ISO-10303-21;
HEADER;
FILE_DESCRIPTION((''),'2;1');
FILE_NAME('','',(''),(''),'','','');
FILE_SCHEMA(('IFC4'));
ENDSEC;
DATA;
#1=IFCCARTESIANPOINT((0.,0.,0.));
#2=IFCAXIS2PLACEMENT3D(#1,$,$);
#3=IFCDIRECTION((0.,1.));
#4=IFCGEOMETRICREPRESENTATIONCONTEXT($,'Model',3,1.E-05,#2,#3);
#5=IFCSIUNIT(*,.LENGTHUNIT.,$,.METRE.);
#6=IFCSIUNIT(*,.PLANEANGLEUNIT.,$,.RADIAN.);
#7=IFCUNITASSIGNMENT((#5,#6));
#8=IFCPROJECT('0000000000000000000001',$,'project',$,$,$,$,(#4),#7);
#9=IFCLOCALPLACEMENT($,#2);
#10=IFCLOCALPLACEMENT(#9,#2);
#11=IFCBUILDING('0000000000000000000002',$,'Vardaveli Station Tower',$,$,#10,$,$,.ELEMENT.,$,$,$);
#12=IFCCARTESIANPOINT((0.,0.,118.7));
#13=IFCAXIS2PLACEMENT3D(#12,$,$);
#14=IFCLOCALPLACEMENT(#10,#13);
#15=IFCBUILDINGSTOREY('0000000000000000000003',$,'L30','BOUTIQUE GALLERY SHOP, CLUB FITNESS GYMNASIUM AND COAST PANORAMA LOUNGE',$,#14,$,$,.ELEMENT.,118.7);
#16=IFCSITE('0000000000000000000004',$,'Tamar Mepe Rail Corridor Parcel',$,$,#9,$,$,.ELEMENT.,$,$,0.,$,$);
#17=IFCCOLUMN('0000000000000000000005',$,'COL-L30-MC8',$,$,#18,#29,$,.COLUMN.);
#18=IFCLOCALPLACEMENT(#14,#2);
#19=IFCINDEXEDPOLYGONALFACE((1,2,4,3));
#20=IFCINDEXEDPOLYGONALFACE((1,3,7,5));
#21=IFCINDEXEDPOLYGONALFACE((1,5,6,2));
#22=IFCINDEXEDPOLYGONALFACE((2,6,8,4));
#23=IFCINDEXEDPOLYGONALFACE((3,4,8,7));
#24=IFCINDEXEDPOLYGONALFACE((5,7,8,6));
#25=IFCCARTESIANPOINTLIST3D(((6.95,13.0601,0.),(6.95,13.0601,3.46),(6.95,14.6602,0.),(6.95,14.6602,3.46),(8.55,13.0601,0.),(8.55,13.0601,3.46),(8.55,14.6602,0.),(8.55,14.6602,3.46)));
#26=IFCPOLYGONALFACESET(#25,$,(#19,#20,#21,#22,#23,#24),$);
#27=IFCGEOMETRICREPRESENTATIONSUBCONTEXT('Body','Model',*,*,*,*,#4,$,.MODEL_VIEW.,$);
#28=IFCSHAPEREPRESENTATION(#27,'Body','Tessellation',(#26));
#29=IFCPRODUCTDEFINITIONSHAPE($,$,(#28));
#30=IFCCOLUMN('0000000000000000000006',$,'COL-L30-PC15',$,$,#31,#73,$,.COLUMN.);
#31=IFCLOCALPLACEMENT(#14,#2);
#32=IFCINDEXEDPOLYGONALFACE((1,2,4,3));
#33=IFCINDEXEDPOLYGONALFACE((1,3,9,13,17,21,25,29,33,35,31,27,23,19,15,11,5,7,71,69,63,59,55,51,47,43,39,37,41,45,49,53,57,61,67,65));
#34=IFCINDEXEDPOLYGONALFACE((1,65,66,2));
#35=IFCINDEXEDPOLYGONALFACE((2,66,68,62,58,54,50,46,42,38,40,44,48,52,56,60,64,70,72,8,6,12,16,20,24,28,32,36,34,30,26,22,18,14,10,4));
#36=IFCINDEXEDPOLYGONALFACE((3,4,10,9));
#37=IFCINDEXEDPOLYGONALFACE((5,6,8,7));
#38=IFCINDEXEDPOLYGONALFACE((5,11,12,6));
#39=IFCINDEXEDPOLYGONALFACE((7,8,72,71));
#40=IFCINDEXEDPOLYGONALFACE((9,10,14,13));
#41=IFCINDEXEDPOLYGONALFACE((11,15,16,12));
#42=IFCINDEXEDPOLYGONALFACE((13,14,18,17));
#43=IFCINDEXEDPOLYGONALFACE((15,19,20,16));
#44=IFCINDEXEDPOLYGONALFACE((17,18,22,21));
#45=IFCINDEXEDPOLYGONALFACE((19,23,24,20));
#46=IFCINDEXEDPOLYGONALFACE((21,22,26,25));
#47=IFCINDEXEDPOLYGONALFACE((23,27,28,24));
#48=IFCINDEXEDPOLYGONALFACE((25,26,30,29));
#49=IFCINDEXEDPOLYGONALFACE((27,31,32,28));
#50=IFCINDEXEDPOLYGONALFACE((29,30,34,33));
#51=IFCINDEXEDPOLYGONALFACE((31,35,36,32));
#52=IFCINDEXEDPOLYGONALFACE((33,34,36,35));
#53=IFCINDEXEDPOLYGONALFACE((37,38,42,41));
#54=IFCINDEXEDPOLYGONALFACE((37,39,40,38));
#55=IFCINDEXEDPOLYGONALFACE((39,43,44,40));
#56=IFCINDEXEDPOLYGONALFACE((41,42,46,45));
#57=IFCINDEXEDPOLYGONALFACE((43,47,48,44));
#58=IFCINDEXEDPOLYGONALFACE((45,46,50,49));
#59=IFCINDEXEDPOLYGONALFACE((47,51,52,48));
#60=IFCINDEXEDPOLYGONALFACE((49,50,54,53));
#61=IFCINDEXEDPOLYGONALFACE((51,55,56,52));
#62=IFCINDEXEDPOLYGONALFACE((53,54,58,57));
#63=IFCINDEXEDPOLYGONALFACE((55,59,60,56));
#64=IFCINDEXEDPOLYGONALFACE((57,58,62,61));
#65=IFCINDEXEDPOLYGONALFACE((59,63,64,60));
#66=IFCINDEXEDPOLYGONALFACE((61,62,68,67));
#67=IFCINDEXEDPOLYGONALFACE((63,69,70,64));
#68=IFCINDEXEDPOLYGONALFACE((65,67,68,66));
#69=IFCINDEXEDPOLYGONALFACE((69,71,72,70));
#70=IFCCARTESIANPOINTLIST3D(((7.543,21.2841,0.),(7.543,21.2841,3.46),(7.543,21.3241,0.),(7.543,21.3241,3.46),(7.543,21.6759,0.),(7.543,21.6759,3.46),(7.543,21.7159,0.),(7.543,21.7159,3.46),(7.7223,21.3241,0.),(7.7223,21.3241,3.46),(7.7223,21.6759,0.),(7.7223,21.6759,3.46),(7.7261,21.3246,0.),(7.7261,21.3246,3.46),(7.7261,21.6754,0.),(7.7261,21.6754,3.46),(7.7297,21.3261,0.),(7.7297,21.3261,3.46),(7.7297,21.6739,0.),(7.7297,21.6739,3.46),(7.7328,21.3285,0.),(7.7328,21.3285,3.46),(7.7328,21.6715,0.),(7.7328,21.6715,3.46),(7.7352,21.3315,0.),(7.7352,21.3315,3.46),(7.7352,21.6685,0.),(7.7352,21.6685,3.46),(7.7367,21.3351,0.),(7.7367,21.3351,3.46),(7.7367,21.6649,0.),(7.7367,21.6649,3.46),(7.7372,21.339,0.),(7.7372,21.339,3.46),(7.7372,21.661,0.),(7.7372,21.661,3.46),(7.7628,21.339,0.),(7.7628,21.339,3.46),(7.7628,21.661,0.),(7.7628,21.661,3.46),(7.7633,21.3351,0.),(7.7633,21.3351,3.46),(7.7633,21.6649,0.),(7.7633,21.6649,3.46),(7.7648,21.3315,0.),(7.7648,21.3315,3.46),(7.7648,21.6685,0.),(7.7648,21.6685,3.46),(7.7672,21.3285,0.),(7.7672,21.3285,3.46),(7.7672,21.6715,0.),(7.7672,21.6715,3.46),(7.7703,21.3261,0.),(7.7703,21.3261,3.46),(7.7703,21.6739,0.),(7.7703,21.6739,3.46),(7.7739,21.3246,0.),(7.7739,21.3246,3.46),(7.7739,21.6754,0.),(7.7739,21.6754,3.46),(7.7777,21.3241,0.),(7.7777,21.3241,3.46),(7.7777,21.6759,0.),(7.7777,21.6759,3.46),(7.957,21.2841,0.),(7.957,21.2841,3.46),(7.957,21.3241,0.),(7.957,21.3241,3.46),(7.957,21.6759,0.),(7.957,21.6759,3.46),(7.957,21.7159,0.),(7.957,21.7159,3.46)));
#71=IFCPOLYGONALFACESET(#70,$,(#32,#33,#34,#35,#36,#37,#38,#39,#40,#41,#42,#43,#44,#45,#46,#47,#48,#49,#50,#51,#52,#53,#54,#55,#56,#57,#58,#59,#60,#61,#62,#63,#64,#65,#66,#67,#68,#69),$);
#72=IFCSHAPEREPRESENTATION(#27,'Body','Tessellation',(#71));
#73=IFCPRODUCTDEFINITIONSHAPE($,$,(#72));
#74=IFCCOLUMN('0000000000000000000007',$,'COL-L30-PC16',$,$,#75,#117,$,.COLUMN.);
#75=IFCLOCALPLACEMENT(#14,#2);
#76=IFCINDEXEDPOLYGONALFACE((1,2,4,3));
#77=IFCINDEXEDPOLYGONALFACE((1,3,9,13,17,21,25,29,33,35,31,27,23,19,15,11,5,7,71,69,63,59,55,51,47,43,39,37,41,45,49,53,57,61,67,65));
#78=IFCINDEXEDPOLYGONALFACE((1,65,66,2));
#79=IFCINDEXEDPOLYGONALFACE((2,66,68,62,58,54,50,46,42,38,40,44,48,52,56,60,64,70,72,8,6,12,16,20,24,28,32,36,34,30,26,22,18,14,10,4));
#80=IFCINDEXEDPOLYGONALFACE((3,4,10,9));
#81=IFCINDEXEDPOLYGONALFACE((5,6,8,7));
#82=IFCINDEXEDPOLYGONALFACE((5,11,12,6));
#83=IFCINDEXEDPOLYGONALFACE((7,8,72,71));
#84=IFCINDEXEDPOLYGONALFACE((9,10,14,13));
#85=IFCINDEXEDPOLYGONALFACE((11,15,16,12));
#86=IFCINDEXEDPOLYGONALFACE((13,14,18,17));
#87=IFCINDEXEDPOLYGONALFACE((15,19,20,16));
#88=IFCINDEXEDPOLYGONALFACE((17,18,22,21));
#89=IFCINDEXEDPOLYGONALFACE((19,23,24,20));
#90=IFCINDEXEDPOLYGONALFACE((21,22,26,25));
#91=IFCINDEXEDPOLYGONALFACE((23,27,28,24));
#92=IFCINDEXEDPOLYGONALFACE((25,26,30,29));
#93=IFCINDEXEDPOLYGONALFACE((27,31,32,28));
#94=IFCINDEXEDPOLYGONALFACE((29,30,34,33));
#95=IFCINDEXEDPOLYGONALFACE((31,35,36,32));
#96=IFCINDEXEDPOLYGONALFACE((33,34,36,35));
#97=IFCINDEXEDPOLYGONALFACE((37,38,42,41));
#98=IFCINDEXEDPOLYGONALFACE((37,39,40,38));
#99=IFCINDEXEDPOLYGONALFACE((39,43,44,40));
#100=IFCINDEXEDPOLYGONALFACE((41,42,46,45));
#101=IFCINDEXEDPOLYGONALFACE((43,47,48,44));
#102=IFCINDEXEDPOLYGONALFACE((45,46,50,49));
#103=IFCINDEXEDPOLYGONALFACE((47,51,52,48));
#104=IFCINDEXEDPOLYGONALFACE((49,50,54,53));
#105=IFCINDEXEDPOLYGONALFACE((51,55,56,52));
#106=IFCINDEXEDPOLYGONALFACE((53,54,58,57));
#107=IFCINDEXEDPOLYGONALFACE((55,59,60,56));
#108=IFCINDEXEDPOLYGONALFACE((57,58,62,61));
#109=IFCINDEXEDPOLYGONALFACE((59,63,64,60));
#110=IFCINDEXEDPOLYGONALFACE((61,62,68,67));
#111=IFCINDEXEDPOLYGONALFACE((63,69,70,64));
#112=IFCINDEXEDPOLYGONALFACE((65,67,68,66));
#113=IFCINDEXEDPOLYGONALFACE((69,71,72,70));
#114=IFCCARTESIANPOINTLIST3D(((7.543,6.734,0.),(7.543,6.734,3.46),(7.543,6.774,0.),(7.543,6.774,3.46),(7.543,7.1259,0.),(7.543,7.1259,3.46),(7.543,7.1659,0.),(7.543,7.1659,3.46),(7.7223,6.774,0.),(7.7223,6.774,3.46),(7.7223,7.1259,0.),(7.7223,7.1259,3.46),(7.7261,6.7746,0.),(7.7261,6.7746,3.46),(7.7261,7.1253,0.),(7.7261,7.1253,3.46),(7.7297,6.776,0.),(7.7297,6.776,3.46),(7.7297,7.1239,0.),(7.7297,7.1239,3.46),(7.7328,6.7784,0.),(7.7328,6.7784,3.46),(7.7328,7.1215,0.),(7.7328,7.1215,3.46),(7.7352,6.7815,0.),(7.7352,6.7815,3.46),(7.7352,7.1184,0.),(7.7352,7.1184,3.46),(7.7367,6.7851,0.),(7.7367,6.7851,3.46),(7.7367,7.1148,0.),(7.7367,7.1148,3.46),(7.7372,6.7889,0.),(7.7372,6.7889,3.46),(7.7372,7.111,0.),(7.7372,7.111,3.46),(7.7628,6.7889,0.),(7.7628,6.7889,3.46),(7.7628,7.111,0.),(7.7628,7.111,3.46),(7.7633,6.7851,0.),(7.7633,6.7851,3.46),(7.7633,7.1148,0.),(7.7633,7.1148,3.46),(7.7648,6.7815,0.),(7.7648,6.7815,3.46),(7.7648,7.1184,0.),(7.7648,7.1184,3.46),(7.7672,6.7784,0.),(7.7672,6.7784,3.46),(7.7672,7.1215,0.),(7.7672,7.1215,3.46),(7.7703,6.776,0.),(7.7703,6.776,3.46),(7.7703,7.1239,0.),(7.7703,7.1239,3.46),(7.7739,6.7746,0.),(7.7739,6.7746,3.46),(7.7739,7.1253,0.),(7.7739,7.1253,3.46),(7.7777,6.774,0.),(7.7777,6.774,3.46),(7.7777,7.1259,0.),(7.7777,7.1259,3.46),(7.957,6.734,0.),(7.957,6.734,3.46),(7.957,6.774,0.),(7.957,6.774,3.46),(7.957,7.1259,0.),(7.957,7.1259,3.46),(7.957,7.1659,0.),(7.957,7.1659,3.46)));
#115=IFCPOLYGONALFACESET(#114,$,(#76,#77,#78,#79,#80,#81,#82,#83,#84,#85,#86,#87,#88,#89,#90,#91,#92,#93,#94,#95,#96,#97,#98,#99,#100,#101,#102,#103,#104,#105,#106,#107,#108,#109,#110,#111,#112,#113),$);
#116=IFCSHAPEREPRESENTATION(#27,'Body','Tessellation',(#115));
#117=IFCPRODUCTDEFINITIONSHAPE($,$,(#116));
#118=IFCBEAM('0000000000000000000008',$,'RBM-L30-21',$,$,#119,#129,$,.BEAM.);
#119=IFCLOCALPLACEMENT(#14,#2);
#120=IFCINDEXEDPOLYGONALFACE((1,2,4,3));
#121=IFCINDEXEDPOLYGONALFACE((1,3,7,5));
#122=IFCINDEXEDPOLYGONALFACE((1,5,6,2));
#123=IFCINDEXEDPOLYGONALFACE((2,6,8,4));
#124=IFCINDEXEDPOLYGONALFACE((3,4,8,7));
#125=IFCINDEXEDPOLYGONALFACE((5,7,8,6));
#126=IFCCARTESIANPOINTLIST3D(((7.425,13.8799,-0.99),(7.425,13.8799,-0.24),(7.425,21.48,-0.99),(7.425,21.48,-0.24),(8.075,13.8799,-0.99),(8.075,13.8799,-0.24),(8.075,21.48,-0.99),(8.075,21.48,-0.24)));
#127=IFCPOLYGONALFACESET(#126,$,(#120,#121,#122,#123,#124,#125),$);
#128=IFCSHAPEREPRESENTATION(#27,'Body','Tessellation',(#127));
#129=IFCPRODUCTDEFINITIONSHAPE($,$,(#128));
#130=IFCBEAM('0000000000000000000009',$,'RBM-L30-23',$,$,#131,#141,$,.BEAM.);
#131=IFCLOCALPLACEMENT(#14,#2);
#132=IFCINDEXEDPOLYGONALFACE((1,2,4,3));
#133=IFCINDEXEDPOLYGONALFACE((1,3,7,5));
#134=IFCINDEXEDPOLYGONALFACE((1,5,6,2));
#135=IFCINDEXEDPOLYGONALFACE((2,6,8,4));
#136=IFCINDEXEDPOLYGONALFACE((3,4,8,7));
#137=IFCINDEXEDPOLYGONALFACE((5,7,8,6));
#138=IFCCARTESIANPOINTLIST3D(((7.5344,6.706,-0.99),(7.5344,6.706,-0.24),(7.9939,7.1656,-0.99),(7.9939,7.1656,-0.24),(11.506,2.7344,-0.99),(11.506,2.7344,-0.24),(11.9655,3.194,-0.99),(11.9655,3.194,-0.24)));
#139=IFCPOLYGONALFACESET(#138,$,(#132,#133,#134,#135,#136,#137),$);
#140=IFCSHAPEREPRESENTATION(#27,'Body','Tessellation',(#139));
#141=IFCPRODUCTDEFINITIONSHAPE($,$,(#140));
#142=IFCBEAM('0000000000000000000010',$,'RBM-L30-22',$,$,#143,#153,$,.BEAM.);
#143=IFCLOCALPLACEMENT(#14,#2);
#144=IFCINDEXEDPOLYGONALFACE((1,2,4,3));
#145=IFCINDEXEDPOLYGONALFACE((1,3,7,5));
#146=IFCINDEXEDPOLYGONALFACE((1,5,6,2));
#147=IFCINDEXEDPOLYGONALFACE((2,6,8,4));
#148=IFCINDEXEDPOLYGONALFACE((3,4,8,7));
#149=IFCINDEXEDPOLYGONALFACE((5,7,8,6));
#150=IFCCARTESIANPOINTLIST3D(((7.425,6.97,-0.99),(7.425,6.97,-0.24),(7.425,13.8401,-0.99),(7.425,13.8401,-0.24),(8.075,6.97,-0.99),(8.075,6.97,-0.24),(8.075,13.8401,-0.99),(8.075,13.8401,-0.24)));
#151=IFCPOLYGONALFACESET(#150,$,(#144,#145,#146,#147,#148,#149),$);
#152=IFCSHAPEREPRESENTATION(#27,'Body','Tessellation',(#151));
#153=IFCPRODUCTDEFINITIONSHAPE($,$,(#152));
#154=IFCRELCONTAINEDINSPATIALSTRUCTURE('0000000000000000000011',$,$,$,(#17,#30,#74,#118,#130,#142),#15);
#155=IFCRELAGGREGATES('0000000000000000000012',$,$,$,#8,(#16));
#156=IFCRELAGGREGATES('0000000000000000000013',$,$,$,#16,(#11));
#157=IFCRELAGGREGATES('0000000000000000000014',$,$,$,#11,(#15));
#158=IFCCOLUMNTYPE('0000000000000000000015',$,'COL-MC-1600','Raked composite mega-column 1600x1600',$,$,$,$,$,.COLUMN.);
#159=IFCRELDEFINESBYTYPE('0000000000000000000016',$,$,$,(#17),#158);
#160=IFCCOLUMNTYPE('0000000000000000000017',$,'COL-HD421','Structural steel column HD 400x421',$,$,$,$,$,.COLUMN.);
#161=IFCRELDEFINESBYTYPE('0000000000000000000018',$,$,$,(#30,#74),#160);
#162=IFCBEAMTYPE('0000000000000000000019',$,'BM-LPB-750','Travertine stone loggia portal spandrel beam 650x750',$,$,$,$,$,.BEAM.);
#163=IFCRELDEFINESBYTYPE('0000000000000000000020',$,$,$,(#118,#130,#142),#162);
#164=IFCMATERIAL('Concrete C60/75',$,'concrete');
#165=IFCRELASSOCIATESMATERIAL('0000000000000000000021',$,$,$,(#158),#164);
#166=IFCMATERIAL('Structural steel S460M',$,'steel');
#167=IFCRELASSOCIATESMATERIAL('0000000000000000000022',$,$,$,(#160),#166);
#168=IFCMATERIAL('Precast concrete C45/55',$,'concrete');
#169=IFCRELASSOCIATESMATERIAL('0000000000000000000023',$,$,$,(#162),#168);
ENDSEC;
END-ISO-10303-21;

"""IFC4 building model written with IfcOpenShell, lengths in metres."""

from ifc_helpers import new_model, si_unit, direction, frame, origin, origin_2d, place, context, subcontext, project, spatial, rectangle, i_section, extrude, source, transform, mapped, material, material_profile, profile_set, type_object, element, save


model = new_model("IFC4")

# Units and contexts
model_context = context("Model", 3, precision=1e-05, world=origin(), true_north=direction((0.0, 1.0)))
body_context = subcontext(model_context, "Body", "Model", "MODEL_VIEW")
ifc_project = project(units=[si_unit("LENGTHUNIT", "METRE"), si_unit("PLANEANGLEUNIT", "RADIAN")], contexts=[model_context])

# Site, building, storey
site_placement = place(None, origin())
site = spatial("IfcSite", under=ifc_project, at=site_placement, Name="Tamar Mepe Rail Corridor Parcel", CompositionType="ELEMENT", RefElevation=0.0)
building_placement = place(site_placement, origin())
building = spatial("IfcBuilding", under=site, at=building_placement, Name="Vardaveli Station Tower", CompositionType="ELEMENT")
storey_placement = place(building_placement, frame((0.0, 0.0, 118.7)))
storey = spatial("IfcBuildingStorey", under=building, at=storey_placement, Name="L30", Description="BOUTIQUE GALLERY SHOP, CLUB FITNESS GYMNASIUM AND COAST PANORAMA LOUNGE", CompositionType="ELEMENT", Elevation=118.7)

# Columns
ifc_material_1 = material(Name="Concrete C60/75", Category="concrete")
ifc_material_profile_1 = material_profile(ifc_material_1, rectangle(XDim=1.6001, YDim=1.6001, at=origin_2d()), Name="MC 1600x1600")
ifc_profile_set_1 = profile_set([ifc_material_profile_1], Name="Concrete C60/75")
column_type_1 = type_object("IfcColumnType", Name="COL-MC-1600", Description="Raked composite mega-column 1600x1600", PredefinedType="COLUMN", material=ifc_profile_set_1)
shared_shape_1 = source(origin(), body_context, "Body", "SweptSolid", [
    extrude(rectangle(XDim=1.6001, YDim=1.6001, at=origin_2d()), origin(), (0.0, 0.0, 1.0), 3.46),
])
column_placement = place(storey_placement, frame((7.75, 13.8601, 0.0), z_axis=(0.0, 0.0, 1.0), x_axis=(1.0, 0.0, 0.0)))
element("IfcColumn", 1, at=column_placement, inside=storey, type_object=column_type_1, Name="COL-L30-MC8", PredefinedType="COLUMN", context=body_context, shape_type="MappedRepresentation", body=[
    mapped(shared_shape_1, transform((0.0, 0.0, 0.0), scale=1.0)),
])
ifc_material_2 = material(Name="Structural steel S460M", Category="steel")
ifc_material_profile_2 = material_profile(ifc_material_2, i_section(OverallWidth=0.4141, OverallDepth=0.4319, WebThickness=0.0256, FlangeThickness=0.04, FilletRadius=0.0149, at=origin_2d()), Name="HD 400x421")
ifc_profile_set_2 = profile_set([ifc_material_profile_2], Name="Structural steel S460M")
column_type_2 = type_object("IfcColumnType", Name="COL-HD421", Description="Structural steel column HD 400x421", PredefinedType="COLUMN", material=ifc_profile_set_2)
shared_shape_2 = source(origin(), body_context, "Body", "SweptSolid", [
    extrude(i_section(OverallWidth=0.4141, OverallDepth=0.4319, WebThickness=0.0256, FlangeThickness=0.04, FilletRadius=0.0149, at=origin_2d()), origin(), (0.0, 0.0, 1.0), 3.46),
])
for number, where, z_axis, x_axis, name in (
    (2, (7.75, 21.5, 0.0), (0.0, 0.0, 1.0), (1.0, 0.0, 0.0), "COL-L30-PC15"),
    (3, (7.75, 6.95, 0.0), (0.0, 0.0, 1.0), (1.0, 0.0, 0.0), "COL-L30-PC16"),
):
    element("IfcColumn", number, at=place(storey_placement, frame(where, z_axis=z_axis, x_axis=x_axis)), inside=storey, type_object=column_type_2, Name=name, PredefinedType="COLUMN", context=body_context, shape_type="MappedRepresentation", body=[
        mapped(shared_shape_2, transform((0.0, 0.0, 0.0), scale=1.0)),
    ])

# Beams
ifc_material_3 = material(Name="Precast concrete C45/55", Category="concrete")
ifc_material_profile_3 = material_profile(ifc_material_3, rectangle(XDim=0.6499, YDim=0.75, at=origin_2d()), Name="LPB 650x750")
ifc_profile_set_3 = profile_set([ifc_material_profile_3], Name="Precast concrete C45/55")
beam_type_1 = type_object("IfcBeamType", Name="BM-LPB-750", Description="Travertine stone loggia portal spandrel beam 650x750", PredefinedType="BEAM", material=ifc_profile_set_3)
shared_shape_3 = source(origin(), body_context, "Body", "SweptSolid", [
    extrude(rectangle(XDim=0.6499, YDim=0.75, at=origin_2d()), origin(), (0.0, 0.0, 1.0), 7.6001),
])
beam_1_placement = place(storey_placement, frame((7.75, 21.48, -0.615), z_axis=(0.0, -1.0, 0.0), x_axis=(1.0, 0.0, 0.0)))
element("IfcBeam", 4, at=beam_1_placement, inside=storey, type_object=beam_type_1, Name="RBM-L30-21", PredefinedType="BEAM", context=body_context, shape_type="MappedRepresentation", body=[
    mapped(shared_shape_3, transform((0.0, 0.0, 0.0), scale=1.0)),
])
shared_shape_4 = source(origin(), body_context, "Body", "SweptSolid", [
    extrude(rectangle(XDim=0.6499, YDim=0.75, at=origin_2d()), origin(), (0.0, 0.0, 1.0), 5.6167),
])
beam_2_placement = place(storey_placement, frame((7.7642, 6.9358, -0.615), z_axis=(0.707107, -0.707107, 0.0), x_axis=(0.707107, 0.707107, 0.0)))
element("IfcBeam", 5, at=beam_2_placement, inside=storey, type_object=beam_type_1, Name="RBM-L30-23", PredefinedType="BEAM", context=body_context, shape_type="MappedRepresentation", body=[
    mapped(shared_shape_4, transform((0.0, 0.0, 0.0), scale=1.0)),
])
shared_shape_5 = source(origin(), body_context, "Body", "SweptSolid", [
    extrude(rectangle(XDim=0.6499, YDim=0.75, at=origin_2d()), origin(), (0.0, 0.0, 1.0), 6.8701),
])
beam_3_placement = place(storey_placement, frame((7.75, 13.8401, -0.615), z_axis=(0.0, -1.0, 0.0), x_axis=(1.0, 0.0, 0.0)))
element("IfcBeam", 6, at=beam_3_placement, inside=storey, type_object=beam_type_1, Name="RBM-L30-22", PredefinedType="BEAM", context=body_context, shape_type="MappedRepresentation", body=[
    mapped(shared_shape_5, transform((0.0, 0.0, 0.0), scale=1.0)),
])

save(model, "model.ifc")
